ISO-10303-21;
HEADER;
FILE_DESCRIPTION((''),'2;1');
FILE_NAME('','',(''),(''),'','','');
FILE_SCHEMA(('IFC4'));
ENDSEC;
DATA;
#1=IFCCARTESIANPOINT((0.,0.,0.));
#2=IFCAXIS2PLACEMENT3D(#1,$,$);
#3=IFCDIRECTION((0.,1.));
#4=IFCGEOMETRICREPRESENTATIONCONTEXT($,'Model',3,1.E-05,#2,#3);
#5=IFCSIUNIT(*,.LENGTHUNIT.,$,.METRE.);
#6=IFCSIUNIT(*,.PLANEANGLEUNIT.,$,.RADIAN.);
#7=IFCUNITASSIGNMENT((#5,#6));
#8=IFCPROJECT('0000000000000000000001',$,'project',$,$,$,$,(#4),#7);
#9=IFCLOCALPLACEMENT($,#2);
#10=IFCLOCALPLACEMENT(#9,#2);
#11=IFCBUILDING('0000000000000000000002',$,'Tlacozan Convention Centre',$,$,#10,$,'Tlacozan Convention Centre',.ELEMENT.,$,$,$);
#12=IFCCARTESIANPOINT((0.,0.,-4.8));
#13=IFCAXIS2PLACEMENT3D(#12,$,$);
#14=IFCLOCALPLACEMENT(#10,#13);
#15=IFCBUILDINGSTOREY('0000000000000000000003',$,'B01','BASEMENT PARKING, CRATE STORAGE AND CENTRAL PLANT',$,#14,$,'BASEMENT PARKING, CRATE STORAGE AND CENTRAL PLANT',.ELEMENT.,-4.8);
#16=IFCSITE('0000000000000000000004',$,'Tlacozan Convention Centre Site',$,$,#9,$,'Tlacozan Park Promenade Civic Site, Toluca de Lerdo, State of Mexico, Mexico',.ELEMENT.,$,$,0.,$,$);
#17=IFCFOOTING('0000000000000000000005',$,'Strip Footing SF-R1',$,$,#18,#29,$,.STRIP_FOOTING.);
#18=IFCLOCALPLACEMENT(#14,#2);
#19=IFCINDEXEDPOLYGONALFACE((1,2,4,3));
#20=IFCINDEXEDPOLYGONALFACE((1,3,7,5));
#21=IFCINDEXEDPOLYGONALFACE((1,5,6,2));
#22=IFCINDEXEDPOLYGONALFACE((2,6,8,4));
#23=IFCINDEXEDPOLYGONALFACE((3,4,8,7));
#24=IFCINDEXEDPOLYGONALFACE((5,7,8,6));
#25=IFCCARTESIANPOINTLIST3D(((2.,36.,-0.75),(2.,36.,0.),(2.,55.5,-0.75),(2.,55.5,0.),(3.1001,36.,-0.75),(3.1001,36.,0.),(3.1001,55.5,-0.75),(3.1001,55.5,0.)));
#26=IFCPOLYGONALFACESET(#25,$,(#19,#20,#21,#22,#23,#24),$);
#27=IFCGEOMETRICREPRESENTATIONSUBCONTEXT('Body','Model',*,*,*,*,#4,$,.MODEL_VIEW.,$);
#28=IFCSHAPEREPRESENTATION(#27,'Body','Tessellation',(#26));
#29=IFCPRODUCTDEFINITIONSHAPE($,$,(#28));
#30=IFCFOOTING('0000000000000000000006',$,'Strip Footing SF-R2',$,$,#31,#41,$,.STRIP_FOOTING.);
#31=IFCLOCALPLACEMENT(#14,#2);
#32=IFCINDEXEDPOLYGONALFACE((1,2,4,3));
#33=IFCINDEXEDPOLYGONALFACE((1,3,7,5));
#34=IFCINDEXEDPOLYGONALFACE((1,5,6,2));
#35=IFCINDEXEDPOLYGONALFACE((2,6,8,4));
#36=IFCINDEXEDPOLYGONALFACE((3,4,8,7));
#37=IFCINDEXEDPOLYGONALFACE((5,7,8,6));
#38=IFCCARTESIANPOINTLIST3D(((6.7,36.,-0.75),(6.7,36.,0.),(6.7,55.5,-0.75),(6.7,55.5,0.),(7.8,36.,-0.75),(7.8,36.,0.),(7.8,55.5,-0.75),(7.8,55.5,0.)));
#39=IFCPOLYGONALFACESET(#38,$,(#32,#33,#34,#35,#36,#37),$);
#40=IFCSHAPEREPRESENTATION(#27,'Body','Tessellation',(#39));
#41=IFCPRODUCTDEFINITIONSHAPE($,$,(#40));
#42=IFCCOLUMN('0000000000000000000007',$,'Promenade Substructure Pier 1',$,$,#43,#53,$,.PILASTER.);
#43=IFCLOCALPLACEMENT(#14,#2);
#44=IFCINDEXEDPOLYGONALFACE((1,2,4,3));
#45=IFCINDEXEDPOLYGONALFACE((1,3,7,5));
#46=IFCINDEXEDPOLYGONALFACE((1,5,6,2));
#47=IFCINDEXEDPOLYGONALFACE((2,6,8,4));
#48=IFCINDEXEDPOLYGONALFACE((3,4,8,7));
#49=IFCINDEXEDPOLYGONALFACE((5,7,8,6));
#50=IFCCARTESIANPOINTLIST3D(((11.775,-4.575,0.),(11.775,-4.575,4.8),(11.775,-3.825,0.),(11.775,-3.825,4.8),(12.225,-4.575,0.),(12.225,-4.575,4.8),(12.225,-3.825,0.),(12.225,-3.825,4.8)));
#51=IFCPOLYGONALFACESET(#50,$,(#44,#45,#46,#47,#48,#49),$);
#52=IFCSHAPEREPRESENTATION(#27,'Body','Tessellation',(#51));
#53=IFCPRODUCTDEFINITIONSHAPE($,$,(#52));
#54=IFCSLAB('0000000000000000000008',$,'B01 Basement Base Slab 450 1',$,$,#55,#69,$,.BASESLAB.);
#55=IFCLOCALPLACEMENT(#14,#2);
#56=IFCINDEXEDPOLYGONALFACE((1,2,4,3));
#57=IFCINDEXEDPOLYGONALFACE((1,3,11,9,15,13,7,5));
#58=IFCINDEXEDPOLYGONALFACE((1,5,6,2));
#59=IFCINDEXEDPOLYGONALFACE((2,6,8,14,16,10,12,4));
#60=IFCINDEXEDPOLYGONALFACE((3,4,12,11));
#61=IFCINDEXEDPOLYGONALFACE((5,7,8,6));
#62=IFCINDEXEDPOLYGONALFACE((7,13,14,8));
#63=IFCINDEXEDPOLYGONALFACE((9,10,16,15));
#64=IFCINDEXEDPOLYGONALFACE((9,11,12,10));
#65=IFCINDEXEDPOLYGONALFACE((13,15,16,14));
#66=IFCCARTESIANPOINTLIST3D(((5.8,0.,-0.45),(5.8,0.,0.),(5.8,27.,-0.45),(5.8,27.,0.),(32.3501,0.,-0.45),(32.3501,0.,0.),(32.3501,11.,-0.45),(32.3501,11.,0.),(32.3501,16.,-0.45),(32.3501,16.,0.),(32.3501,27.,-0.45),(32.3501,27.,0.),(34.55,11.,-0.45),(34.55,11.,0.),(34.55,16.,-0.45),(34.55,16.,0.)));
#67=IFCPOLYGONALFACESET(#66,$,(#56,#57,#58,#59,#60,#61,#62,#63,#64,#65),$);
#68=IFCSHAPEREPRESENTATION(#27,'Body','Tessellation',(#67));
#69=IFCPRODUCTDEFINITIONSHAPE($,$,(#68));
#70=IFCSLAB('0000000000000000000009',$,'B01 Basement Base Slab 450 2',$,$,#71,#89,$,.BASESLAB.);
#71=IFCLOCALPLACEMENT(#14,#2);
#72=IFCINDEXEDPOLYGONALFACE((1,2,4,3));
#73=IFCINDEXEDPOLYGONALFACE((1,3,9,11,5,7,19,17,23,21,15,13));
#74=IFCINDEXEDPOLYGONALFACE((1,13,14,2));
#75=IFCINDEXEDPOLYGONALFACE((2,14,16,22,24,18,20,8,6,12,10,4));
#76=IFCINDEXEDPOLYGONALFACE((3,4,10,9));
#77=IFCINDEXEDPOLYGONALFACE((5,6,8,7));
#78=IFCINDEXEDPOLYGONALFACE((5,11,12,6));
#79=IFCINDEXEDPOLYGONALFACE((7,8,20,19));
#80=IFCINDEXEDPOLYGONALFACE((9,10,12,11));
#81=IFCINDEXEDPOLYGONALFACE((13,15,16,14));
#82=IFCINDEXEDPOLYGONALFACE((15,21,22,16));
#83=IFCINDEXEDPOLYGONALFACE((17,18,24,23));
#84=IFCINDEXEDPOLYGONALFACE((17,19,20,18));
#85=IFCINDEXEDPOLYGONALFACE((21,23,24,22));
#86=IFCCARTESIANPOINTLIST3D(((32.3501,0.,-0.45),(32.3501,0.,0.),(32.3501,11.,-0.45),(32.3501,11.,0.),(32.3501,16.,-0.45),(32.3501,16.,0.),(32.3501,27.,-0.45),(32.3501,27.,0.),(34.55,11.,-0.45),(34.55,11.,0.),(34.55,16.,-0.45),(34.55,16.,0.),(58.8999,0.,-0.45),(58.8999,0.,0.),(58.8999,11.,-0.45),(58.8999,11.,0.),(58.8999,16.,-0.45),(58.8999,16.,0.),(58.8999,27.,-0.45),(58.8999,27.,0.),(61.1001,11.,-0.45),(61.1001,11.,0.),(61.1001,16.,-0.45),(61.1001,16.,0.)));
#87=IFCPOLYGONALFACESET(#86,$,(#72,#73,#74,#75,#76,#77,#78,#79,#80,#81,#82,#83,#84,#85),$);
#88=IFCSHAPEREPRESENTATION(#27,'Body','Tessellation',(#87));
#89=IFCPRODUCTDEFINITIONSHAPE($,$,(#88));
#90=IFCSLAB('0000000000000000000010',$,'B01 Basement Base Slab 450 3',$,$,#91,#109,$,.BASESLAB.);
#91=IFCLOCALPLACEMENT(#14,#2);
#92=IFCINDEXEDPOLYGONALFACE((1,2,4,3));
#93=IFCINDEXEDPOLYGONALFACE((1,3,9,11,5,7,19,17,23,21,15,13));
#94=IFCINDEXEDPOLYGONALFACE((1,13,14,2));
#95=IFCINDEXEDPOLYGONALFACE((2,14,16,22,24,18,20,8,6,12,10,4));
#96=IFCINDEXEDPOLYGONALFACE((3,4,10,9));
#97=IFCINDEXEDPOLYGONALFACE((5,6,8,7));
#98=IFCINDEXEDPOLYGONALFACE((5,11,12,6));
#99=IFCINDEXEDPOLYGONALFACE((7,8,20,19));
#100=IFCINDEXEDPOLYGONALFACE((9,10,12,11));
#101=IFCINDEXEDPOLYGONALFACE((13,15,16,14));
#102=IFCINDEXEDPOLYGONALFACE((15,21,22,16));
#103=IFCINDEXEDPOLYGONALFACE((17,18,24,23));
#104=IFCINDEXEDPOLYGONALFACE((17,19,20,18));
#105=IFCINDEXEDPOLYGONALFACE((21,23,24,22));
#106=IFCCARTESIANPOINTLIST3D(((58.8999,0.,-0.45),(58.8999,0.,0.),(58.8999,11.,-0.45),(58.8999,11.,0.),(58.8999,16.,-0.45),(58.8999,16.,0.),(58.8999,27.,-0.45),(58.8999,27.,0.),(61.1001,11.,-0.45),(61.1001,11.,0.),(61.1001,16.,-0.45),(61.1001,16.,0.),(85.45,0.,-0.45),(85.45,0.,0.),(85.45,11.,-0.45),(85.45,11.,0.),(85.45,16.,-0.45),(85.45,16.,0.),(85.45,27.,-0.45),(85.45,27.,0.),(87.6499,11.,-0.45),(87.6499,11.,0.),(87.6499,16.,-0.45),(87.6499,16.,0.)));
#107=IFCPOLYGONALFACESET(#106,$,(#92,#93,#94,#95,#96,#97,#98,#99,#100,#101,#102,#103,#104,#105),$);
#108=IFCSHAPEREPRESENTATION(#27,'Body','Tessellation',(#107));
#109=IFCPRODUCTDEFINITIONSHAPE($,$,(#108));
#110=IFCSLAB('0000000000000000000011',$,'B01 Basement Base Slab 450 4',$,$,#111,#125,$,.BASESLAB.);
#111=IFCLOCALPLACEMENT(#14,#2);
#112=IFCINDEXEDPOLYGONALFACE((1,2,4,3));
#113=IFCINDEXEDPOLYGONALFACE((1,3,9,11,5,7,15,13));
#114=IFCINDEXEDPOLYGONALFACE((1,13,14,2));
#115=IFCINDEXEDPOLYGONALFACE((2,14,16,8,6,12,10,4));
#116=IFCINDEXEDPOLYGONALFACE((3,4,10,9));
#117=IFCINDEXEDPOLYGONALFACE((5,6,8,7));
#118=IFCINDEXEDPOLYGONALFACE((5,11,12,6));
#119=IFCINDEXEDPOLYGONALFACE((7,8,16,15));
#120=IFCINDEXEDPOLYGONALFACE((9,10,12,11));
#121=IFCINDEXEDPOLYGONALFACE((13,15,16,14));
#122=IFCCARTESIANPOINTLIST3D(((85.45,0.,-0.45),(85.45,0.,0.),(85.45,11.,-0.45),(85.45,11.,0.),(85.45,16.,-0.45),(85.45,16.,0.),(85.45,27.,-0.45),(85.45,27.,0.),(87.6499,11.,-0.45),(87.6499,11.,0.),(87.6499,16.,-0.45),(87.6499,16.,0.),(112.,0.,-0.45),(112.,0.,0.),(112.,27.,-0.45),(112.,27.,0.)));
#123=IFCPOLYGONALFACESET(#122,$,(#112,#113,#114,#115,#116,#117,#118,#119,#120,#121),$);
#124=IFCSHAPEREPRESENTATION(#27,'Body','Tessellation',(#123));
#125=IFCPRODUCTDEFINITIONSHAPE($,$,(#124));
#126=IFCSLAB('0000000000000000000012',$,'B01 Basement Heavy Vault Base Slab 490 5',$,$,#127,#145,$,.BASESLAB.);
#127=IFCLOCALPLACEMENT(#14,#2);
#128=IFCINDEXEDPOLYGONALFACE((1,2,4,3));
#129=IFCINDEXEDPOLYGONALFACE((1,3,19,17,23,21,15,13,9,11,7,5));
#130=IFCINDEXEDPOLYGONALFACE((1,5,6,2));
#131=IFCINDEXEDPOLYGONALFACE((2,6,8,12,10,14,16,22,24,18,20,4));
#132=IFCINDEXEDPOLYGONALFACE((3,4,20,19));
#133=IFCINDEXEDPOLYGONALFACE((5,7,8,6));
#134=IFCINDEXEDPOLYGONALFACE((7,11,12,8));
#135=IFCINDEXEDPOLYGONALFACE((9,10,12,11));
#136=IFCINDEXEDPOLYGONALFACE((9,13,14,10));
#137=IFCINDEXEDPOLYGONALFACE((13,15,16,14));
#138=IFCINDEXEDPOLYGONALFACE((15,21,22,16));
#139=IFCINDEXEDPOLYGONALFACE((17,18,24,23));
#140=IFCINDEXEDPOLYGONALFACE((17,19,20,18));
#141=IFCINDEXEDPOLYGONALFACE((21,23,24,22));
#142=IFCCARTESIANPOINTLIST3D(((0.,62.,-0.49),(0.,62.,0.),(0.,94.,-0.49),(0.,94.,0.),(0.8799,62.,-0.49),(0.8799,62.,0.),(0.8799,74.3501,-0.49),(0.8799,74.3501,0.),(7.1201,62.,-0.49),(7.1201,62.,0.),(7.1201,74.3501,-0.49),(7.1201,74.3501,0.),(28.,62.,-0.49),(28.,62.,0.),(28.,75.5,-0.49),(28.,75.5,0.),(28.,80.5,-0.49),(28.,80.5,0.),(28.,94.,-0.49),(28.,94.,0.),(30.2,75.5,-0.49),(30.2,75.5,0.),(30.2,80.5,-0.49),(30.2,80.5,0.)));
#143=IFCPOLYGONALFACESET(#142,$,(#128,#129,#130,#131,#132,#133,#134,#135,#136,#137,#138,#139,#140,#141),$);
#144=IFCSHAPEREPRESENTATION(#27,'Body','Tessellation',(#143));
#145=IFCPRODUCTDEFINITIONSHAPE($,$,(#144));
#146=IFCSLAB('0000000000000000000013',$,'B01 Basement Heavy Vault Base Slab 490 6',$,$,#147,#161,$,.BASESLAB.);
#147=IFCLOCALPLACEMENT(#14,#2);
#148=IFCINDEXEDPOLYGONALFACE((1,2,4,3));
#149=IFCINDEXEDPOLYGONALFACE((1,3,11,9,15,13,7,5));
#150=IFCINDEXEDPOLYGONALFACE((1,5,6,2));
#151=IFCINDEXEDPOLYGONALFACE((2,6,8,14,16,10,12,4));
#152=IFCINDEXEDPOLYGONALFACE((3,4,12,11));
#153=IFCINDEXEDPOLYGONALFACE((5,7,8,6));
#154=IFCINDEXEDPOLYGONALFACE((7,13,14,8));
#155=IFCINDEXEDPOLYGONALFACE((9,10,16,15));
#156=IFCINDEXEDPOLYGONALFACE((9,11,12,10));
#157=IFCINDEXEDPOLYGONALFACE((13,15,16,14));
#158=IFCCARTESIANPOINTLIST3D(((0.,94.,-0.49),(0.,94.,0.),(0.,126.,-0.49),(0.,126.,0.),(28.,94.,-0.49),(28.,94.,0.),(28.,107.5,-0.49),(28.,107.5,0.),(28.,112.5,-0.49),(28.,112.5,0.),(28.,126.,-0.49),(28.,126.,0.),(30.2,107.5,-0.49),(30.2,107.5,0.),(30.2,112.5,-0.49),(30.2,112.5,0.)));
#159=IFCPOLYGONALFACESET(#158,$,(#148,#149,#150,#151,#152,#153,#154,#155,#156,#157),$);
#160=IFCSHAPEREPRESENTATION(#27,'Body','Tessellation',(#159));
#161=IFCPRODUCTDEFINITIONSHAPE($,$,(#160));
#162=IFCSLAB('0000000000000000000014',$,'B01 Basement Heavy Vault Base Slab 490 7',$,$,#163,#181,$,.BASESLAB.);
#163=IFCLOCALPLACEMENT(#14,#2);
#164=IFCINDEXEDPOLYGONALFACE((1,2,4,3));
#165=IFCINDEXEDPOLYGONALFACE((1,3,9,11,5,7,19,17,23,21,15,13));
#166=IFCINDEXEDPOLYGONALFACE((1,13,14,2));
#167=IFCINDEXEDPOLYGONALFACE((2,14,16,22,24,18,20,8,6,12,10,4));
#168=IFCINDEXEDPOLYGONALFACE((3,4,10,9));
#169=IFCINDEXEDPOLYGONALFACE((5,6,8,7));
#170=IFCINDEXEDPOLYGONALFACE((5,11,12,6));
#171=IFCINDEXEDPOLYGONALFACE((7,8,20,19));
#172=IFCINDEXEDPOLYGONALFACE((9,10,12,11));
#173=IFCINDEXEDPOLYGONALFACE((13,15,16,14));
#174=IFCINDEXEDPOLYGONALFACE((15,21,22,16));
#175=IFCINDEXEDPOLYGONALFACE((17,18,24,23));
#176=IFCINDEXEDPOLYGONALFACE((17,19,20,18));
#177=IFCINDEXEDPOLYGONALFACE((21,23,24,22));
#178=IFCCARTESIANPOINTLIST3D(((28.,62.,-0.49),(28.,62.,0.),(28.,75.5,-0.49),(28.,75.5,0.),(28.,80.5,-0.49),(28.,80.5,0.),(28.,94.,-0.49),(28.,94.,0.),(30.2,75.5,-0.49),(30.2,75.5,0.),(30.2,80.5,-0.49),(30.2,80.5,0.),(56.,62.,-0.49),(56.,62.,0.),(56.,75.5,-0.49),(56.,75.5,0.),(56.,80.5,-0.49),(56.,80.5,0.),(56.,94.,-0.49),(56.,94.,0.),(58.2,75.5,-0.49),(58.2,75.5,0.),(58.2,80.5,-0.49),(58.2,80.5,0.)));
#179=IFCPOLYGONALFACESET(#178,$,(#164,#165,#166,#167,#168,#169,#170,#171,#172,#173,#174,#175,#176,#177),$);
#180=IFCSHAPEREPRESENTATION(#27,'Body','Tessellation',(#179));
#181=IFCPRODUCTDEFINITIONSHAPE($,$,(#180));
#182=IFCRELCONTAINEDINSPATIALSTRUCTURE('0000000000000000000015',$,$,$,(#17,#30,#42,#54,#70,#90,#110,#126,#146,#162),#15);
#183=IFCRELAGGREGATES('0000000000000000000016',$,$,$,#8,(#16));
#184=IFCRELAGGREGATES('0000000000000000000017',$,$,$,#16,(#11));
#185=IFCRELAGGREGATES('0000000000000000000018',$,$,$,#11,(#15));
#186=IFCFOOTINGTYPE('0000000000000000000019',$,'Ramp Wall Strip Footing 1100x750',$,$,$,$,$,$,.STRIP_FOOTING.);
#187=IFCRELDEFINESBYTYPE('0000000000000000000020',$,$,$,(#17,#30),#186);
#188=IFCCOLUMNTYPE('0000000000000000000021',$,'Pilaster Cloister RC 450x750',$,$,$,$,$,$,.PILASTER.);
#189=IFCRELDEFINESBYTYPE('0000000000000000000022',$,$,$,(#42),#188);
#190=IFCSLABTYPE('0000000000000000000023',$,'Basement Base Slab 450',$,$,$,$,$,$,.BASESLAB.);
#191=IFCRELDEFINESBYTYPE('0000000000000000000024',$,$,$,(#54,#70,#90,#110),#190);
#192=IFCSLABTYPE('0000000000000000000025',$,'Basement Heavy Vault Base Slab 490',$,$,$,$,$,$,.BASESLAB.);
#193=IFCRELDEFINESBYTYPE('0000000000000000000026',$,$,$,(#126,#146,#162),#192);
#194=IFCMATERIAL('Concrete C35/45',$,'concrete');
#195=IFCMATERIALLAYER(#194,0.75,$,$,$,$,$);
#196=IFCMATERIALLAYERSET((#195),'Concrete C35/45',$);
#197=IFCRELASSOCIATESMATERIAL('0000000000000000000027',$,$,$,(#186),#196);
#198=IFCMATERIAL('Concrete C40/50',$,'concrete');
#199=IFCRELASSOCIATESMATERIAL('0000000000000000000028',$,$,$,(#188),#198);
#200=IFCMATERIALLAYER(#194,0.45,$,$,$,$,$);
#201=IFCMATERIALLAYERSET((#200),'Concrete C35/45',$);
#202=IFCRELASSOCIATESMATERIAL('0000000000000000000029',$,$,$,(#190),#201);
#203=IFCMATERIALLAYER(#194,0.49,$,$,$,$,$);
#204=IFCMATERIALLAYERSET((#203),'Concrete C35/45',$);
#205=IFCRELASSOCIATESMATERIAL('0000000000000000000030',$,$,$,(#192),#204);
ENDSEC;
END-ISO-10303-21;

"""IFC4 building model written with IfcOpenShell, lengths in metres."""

from ifc_helpers import new_model, si_unit, direction, frame, origin, origin_2d, place, context, subcontext, project, spatial, polyline, rectangle, outline, extrude, material, layer, layer_set, material_profile, profile_set, type_object, element, save


model = new_model("IFC4")

# Units and contexts
model_context = context("Model", 3, precision=1e-05, world=origin(), true_north=direction((0.0, 1.0)))
body_context = subcontext(model_context, "Body", "Model", "MODEL_VIEW")
ifc_project = project(units=[si_unit("LENGTHUNIT", "METRE"), si_unit("PLANEANGLEUNIT", "RADIAN")], contexts=[model_context])

# Site, building, storey
site_placement = place(None, origin())
site = spatial("IfcSite", under=ifc_project, at=site_placement, Name="Tlacozan Convention Centre Site", LongName="Tlacozan Park Promenade Civic Site, Toluca de Lerdo, State of Mexico, Mexico", CompositionType="ELEMENT", RefElevation=0.0)
building_placement = place(site_placement, origin())
building = spatial("IfcBuilding", under=site, at=building_placement, Name="Tlacozan Convention Centre", LongName="Tlacozan Convention Centre", CompositionType="ELEMENT")
storey_placement = place(building_placement, frame((0.0, 0.0, -4.8)))
storey = spatial("IfcBuildingStorey", under=building, at=storey_placement, Name="B01", Description="BASEMENT PARKING, CRATE STORAGE AND CENTRAL PLANT", LongName="BASEMENT PARKING, CRATE STORAGE AND CENTRAL PLANT", CompositionType="ELEMENT", Elevation=-4.8)

# Shared definitions
ifc_material_1 = material(Name="Concrete C35/45", Category="concrete")

# Footings
ifc_layer_1 = layer(ifc_material_1, 0.75)
ifc_layer_set_1 = layer_set([ifc_layer_1], Name="Concrete C35/45")
footing_type_1 = type_object("IfcFootingType", Name="Ramp Wall Strip Footing 1100x750", PredefinedType="STRIP_FOOTING", material=ifc_layer_set_1)
footing_1_placement = place(storey_placement, frame((0.0, 0.0, -0.75)))
element("IfcFooting", 1, at=footing_1_placement, inside=storey, type_object=footing_type_1, Name="Strip Footing SF-R1", PredefinedType="STRIP_FOOTING", context=body_context, shape_type="SweptSolid", body=[
    extrude(outline(polyline([(2.0, 36.0), (3.1001, 36.0), (3.1001, 55.5), (2.0, 55.5), (2.0, 36.0)])), origin(), (0.0, 0.0, 1.0), 0.75),
])
footing_2_placement = place(storey_placement, frame((0.0, 0.0, -0.75)))
element("IfcFooting", 2, at=footing_2_placement, inside=storey, type_object=footing_type_1, Name="Strip Footing SF-R2", PredefinedType="STRIP_FOOTING", context=body_context, shape_type="SweptSolid", body=[
    extrude(outline(polyline([(6.7, 36.0), (7.8, 36.0), (7.8, 55.5), (6.7, 55.5), (6.7, 36.0)])), origin(), (0.0, 0.0, 1.0), 0.75),
])

# Column
ifc_material_2 = material(Name="Concrete C40/50", Category="concrete")
ifc_material_profile_1 = material_profile(ifc_material_2, rectangle(XDim=0.45, YDim=0.75, at=origin_2d()), Name="RC 450x750")
ifc_profile_set_1 = profile_set([ifc_material_profile_1], Name="Concrete C40/50")
column_type = type_object("IfcColumnType", Name="Pilaster Cloister RC 450x750", PredefinedType="PILASTER", material=ifc_profile_set_1)
column_placement = place(storey_placement, frame((12.0, -4.2, 0.0), z_axis=(0.0, 0.0, 1.0), x_axis=(1.0, 0.0, 0.0)))
element("IfcColumn", 3, at=column_placement, inside=storey, type_object=column_type, Name="Promenade Substructure Pier 1", PredefinedType="PILASTER", context=body_context, shape_type="SweptSolid", body=[
    extrude(rectangle(XDim=0.45, YDim=0.75, at=origin_2d()), origin(), (0.0, 0.0, 1.0), 4.8),
])

# Slabs
ifc_layer_2 = layer(ifc_material_1, 0.45)
ifc_layer_set_2 = layer_set([ifc_layer_2], Name="Concrete C35/45")
slab_type_1 = type_object("IfcSlabType", Name="Basement Base Slab 450", PredefinedType="BASESLAB", material=ifc_layer_set_2)
slab_1_placement = place(storey_placement, frame((0.0, 0.0, -0.45)))
element("IfcSlab", 4, at=slab_1_placement, inside=storey, type_object=slab_type_1, Name="B01 Basement Base Slab 450 1", PredefinedType="BASESLAB", context=body_context, shape_type="SweptSolid", body=[
    extrude(outline(polyline([(5.8, 0.0), (5.8, 27.0), (32.3501, 27.0), (32.3501, 16.0), (34.55, 16.0), (34.55, 11.0), (32.3501, 11.0), (32.3501, 0.0), (5.8, 0.0)])), origin(), (0.0, 0.0, 1.0), 0.45),
])
slab_2_placement = place(storey_placement, frame((0.0, 0.0, -0.45)))
element("IfcSlab", 5, at=slab_2_placement, inside=storey, type_object=slab_type_1, Name="B01 Basement Base Slab 450 2", PredefinedType="BASESLAB", context=body_context, shape_type="SweptSolid", body=[
    extrude(outline(polyline([(32.3501, 11.0), (34.55, 11.0), (34.55, 16.0), (32.3501, 16.0), (32.3501, 27.0), (58.8999, 27.0), (58.8999, 16.0), (61.1001, 16.0), (61.1001, 11.0), (58.8999, 11.0), (58.8999, 0.0), (32.3501, 0.0), (32.3501, 11.0)])), origin(), (0.0, 0.0, 1.0), 0.45),
])
slab_3_placement = place(storey_placement, frame((0.0, 0.0, -0.45)))
element("IfcSlab", 6, at=slab_3_placement, inside=storey, type_object=slab_type_1, Name="B01 Basement Base Slab 450 3", PredefinedType="BASESLAB", context=body_context, shape_type="SweptSolid", body=[
    extrude(outline(polyline([(58.8999, 11.0), (61.1001, 11.0), (61.1001, 16.0), (58.8999, 16.0), (58.8999, 27.0), (85.45, 27.0), (85.45, 16.0), (87.6499, 16.0), (87.6499, 11.0), (85.45, 11.0), (85.45, 0.0), (58.8999, 0.0), (58.8999, 11.0)])), origin(), (0.0, 0.0, 1.0), 0.45),
])
slab_4_placement = place(storey_placement, frame((0.0, 0.0, -0.45)))
element("IfcSlab", 7, at=slab_4_placement, inside=storey, type_object=slab_type_1, Name="B01 Basement Base Slab 450 4", PredefinedType="BASESLAB", context=body_context, shape_type="SweptSolid", body=[
    extrude(outline(polyline([(112.0, 27.0), (112.0, 0.0), (85.45, 0.0), (85.45, 11.0), (87.6499, 11.0), (87.6499, 16.0), (85.45, 16.0), (85.45, 27.0), (112.0, 27.0)])), origin(), (0.0, 0.0, 1.0), 0.45),
])
ifc_layer_3 = layer(ifc_material_1, 0.49)
ifc_layer_set_3 = layer_set([ifc_layer_3], Name="Concrete C35/45")
slab_type_2 = type_object("IfcSlabType", Name="Basement Heavy Vault Base Slab 490", PredefinedType="BASESLAB", material=ifc_layer_set_3)
slab_5_placement = place(storey_placement, frame((0.0, 0.0, -0.49)))
element("IfcSlab", 8, at=slab_5_placement, inside=storey, type_object=slab_type_2, Name="B01 Basement Heavy Vault Base Slab 490 5", PredefinedType="BASESLAB", context=body_context, shape_type="SweptSolid", body=[
    extrude(outline(polyline([(7.1201, 62.0), (7.1201, 74.3501), (0.8799, 74.3501), (0.8799, 62.0), (0.0, 62.0), (0.0, 94.0), (28.0, 94.0), (28.0, 80.5), (30.2, 80.5), (30.2, 75.5), (28.0, 75.5), (28.0, 62.0), (7.1201, 62.0)])), origin(), (0.0, 0.0, 1.0), 0.49),
])
slab_6_placement = place(storey_placement, frame((0.0, 0.0, -0.49)))
element("IfcSlab", 9, at=slab_6_placement, inside=storey, type_object=slab_type_2, Name="B01 Basement Heavy Vault Base Slab 490 6", PredefinedType="BASESLAB", context=body_context, shape_type="SweptSolid", body=[
    extrude(outline(polyline([(0.0, 94.0), (0.0, 126.0), (28.0, 126.0), (28.0, 112.5), (30.2, 112.5), (30.2, 107.5), (28.0, 107.5), (28.0, 94.0), (0.0, 94.0)])), origin(), (0.0, 0.0, 1.0), 0.49),
])
slab_7_placement = place(storey_placement, frame((0.0, 0.0, -0.49)))
element("IfcSlab", 10, at=slab_7_placement, inside=storey, type_object=slab_type_2, Name="B01 Basement Heavy Vault Base Slab 490 7", PredefinedType="BASESLAB", context=body_context, shape_type="SweptSolid", body=[
    extrude(outline(polyline([(28.0, 75.5), (30.2, 75.5), (30.2, 80.5), (28.0, 80.5), (28.0, 94.0), (56.0, 94.0), (56.0, 80.5), (58.2, 80.5), (58.2, 75.5), (56.0, 75.5), (56.0, 62.0), (28.0, 62.0), (28.0, 75.5)])), origin(), (0.0, 0.0, 1.0), 0.49),
])

save(model, "model.ifc")
